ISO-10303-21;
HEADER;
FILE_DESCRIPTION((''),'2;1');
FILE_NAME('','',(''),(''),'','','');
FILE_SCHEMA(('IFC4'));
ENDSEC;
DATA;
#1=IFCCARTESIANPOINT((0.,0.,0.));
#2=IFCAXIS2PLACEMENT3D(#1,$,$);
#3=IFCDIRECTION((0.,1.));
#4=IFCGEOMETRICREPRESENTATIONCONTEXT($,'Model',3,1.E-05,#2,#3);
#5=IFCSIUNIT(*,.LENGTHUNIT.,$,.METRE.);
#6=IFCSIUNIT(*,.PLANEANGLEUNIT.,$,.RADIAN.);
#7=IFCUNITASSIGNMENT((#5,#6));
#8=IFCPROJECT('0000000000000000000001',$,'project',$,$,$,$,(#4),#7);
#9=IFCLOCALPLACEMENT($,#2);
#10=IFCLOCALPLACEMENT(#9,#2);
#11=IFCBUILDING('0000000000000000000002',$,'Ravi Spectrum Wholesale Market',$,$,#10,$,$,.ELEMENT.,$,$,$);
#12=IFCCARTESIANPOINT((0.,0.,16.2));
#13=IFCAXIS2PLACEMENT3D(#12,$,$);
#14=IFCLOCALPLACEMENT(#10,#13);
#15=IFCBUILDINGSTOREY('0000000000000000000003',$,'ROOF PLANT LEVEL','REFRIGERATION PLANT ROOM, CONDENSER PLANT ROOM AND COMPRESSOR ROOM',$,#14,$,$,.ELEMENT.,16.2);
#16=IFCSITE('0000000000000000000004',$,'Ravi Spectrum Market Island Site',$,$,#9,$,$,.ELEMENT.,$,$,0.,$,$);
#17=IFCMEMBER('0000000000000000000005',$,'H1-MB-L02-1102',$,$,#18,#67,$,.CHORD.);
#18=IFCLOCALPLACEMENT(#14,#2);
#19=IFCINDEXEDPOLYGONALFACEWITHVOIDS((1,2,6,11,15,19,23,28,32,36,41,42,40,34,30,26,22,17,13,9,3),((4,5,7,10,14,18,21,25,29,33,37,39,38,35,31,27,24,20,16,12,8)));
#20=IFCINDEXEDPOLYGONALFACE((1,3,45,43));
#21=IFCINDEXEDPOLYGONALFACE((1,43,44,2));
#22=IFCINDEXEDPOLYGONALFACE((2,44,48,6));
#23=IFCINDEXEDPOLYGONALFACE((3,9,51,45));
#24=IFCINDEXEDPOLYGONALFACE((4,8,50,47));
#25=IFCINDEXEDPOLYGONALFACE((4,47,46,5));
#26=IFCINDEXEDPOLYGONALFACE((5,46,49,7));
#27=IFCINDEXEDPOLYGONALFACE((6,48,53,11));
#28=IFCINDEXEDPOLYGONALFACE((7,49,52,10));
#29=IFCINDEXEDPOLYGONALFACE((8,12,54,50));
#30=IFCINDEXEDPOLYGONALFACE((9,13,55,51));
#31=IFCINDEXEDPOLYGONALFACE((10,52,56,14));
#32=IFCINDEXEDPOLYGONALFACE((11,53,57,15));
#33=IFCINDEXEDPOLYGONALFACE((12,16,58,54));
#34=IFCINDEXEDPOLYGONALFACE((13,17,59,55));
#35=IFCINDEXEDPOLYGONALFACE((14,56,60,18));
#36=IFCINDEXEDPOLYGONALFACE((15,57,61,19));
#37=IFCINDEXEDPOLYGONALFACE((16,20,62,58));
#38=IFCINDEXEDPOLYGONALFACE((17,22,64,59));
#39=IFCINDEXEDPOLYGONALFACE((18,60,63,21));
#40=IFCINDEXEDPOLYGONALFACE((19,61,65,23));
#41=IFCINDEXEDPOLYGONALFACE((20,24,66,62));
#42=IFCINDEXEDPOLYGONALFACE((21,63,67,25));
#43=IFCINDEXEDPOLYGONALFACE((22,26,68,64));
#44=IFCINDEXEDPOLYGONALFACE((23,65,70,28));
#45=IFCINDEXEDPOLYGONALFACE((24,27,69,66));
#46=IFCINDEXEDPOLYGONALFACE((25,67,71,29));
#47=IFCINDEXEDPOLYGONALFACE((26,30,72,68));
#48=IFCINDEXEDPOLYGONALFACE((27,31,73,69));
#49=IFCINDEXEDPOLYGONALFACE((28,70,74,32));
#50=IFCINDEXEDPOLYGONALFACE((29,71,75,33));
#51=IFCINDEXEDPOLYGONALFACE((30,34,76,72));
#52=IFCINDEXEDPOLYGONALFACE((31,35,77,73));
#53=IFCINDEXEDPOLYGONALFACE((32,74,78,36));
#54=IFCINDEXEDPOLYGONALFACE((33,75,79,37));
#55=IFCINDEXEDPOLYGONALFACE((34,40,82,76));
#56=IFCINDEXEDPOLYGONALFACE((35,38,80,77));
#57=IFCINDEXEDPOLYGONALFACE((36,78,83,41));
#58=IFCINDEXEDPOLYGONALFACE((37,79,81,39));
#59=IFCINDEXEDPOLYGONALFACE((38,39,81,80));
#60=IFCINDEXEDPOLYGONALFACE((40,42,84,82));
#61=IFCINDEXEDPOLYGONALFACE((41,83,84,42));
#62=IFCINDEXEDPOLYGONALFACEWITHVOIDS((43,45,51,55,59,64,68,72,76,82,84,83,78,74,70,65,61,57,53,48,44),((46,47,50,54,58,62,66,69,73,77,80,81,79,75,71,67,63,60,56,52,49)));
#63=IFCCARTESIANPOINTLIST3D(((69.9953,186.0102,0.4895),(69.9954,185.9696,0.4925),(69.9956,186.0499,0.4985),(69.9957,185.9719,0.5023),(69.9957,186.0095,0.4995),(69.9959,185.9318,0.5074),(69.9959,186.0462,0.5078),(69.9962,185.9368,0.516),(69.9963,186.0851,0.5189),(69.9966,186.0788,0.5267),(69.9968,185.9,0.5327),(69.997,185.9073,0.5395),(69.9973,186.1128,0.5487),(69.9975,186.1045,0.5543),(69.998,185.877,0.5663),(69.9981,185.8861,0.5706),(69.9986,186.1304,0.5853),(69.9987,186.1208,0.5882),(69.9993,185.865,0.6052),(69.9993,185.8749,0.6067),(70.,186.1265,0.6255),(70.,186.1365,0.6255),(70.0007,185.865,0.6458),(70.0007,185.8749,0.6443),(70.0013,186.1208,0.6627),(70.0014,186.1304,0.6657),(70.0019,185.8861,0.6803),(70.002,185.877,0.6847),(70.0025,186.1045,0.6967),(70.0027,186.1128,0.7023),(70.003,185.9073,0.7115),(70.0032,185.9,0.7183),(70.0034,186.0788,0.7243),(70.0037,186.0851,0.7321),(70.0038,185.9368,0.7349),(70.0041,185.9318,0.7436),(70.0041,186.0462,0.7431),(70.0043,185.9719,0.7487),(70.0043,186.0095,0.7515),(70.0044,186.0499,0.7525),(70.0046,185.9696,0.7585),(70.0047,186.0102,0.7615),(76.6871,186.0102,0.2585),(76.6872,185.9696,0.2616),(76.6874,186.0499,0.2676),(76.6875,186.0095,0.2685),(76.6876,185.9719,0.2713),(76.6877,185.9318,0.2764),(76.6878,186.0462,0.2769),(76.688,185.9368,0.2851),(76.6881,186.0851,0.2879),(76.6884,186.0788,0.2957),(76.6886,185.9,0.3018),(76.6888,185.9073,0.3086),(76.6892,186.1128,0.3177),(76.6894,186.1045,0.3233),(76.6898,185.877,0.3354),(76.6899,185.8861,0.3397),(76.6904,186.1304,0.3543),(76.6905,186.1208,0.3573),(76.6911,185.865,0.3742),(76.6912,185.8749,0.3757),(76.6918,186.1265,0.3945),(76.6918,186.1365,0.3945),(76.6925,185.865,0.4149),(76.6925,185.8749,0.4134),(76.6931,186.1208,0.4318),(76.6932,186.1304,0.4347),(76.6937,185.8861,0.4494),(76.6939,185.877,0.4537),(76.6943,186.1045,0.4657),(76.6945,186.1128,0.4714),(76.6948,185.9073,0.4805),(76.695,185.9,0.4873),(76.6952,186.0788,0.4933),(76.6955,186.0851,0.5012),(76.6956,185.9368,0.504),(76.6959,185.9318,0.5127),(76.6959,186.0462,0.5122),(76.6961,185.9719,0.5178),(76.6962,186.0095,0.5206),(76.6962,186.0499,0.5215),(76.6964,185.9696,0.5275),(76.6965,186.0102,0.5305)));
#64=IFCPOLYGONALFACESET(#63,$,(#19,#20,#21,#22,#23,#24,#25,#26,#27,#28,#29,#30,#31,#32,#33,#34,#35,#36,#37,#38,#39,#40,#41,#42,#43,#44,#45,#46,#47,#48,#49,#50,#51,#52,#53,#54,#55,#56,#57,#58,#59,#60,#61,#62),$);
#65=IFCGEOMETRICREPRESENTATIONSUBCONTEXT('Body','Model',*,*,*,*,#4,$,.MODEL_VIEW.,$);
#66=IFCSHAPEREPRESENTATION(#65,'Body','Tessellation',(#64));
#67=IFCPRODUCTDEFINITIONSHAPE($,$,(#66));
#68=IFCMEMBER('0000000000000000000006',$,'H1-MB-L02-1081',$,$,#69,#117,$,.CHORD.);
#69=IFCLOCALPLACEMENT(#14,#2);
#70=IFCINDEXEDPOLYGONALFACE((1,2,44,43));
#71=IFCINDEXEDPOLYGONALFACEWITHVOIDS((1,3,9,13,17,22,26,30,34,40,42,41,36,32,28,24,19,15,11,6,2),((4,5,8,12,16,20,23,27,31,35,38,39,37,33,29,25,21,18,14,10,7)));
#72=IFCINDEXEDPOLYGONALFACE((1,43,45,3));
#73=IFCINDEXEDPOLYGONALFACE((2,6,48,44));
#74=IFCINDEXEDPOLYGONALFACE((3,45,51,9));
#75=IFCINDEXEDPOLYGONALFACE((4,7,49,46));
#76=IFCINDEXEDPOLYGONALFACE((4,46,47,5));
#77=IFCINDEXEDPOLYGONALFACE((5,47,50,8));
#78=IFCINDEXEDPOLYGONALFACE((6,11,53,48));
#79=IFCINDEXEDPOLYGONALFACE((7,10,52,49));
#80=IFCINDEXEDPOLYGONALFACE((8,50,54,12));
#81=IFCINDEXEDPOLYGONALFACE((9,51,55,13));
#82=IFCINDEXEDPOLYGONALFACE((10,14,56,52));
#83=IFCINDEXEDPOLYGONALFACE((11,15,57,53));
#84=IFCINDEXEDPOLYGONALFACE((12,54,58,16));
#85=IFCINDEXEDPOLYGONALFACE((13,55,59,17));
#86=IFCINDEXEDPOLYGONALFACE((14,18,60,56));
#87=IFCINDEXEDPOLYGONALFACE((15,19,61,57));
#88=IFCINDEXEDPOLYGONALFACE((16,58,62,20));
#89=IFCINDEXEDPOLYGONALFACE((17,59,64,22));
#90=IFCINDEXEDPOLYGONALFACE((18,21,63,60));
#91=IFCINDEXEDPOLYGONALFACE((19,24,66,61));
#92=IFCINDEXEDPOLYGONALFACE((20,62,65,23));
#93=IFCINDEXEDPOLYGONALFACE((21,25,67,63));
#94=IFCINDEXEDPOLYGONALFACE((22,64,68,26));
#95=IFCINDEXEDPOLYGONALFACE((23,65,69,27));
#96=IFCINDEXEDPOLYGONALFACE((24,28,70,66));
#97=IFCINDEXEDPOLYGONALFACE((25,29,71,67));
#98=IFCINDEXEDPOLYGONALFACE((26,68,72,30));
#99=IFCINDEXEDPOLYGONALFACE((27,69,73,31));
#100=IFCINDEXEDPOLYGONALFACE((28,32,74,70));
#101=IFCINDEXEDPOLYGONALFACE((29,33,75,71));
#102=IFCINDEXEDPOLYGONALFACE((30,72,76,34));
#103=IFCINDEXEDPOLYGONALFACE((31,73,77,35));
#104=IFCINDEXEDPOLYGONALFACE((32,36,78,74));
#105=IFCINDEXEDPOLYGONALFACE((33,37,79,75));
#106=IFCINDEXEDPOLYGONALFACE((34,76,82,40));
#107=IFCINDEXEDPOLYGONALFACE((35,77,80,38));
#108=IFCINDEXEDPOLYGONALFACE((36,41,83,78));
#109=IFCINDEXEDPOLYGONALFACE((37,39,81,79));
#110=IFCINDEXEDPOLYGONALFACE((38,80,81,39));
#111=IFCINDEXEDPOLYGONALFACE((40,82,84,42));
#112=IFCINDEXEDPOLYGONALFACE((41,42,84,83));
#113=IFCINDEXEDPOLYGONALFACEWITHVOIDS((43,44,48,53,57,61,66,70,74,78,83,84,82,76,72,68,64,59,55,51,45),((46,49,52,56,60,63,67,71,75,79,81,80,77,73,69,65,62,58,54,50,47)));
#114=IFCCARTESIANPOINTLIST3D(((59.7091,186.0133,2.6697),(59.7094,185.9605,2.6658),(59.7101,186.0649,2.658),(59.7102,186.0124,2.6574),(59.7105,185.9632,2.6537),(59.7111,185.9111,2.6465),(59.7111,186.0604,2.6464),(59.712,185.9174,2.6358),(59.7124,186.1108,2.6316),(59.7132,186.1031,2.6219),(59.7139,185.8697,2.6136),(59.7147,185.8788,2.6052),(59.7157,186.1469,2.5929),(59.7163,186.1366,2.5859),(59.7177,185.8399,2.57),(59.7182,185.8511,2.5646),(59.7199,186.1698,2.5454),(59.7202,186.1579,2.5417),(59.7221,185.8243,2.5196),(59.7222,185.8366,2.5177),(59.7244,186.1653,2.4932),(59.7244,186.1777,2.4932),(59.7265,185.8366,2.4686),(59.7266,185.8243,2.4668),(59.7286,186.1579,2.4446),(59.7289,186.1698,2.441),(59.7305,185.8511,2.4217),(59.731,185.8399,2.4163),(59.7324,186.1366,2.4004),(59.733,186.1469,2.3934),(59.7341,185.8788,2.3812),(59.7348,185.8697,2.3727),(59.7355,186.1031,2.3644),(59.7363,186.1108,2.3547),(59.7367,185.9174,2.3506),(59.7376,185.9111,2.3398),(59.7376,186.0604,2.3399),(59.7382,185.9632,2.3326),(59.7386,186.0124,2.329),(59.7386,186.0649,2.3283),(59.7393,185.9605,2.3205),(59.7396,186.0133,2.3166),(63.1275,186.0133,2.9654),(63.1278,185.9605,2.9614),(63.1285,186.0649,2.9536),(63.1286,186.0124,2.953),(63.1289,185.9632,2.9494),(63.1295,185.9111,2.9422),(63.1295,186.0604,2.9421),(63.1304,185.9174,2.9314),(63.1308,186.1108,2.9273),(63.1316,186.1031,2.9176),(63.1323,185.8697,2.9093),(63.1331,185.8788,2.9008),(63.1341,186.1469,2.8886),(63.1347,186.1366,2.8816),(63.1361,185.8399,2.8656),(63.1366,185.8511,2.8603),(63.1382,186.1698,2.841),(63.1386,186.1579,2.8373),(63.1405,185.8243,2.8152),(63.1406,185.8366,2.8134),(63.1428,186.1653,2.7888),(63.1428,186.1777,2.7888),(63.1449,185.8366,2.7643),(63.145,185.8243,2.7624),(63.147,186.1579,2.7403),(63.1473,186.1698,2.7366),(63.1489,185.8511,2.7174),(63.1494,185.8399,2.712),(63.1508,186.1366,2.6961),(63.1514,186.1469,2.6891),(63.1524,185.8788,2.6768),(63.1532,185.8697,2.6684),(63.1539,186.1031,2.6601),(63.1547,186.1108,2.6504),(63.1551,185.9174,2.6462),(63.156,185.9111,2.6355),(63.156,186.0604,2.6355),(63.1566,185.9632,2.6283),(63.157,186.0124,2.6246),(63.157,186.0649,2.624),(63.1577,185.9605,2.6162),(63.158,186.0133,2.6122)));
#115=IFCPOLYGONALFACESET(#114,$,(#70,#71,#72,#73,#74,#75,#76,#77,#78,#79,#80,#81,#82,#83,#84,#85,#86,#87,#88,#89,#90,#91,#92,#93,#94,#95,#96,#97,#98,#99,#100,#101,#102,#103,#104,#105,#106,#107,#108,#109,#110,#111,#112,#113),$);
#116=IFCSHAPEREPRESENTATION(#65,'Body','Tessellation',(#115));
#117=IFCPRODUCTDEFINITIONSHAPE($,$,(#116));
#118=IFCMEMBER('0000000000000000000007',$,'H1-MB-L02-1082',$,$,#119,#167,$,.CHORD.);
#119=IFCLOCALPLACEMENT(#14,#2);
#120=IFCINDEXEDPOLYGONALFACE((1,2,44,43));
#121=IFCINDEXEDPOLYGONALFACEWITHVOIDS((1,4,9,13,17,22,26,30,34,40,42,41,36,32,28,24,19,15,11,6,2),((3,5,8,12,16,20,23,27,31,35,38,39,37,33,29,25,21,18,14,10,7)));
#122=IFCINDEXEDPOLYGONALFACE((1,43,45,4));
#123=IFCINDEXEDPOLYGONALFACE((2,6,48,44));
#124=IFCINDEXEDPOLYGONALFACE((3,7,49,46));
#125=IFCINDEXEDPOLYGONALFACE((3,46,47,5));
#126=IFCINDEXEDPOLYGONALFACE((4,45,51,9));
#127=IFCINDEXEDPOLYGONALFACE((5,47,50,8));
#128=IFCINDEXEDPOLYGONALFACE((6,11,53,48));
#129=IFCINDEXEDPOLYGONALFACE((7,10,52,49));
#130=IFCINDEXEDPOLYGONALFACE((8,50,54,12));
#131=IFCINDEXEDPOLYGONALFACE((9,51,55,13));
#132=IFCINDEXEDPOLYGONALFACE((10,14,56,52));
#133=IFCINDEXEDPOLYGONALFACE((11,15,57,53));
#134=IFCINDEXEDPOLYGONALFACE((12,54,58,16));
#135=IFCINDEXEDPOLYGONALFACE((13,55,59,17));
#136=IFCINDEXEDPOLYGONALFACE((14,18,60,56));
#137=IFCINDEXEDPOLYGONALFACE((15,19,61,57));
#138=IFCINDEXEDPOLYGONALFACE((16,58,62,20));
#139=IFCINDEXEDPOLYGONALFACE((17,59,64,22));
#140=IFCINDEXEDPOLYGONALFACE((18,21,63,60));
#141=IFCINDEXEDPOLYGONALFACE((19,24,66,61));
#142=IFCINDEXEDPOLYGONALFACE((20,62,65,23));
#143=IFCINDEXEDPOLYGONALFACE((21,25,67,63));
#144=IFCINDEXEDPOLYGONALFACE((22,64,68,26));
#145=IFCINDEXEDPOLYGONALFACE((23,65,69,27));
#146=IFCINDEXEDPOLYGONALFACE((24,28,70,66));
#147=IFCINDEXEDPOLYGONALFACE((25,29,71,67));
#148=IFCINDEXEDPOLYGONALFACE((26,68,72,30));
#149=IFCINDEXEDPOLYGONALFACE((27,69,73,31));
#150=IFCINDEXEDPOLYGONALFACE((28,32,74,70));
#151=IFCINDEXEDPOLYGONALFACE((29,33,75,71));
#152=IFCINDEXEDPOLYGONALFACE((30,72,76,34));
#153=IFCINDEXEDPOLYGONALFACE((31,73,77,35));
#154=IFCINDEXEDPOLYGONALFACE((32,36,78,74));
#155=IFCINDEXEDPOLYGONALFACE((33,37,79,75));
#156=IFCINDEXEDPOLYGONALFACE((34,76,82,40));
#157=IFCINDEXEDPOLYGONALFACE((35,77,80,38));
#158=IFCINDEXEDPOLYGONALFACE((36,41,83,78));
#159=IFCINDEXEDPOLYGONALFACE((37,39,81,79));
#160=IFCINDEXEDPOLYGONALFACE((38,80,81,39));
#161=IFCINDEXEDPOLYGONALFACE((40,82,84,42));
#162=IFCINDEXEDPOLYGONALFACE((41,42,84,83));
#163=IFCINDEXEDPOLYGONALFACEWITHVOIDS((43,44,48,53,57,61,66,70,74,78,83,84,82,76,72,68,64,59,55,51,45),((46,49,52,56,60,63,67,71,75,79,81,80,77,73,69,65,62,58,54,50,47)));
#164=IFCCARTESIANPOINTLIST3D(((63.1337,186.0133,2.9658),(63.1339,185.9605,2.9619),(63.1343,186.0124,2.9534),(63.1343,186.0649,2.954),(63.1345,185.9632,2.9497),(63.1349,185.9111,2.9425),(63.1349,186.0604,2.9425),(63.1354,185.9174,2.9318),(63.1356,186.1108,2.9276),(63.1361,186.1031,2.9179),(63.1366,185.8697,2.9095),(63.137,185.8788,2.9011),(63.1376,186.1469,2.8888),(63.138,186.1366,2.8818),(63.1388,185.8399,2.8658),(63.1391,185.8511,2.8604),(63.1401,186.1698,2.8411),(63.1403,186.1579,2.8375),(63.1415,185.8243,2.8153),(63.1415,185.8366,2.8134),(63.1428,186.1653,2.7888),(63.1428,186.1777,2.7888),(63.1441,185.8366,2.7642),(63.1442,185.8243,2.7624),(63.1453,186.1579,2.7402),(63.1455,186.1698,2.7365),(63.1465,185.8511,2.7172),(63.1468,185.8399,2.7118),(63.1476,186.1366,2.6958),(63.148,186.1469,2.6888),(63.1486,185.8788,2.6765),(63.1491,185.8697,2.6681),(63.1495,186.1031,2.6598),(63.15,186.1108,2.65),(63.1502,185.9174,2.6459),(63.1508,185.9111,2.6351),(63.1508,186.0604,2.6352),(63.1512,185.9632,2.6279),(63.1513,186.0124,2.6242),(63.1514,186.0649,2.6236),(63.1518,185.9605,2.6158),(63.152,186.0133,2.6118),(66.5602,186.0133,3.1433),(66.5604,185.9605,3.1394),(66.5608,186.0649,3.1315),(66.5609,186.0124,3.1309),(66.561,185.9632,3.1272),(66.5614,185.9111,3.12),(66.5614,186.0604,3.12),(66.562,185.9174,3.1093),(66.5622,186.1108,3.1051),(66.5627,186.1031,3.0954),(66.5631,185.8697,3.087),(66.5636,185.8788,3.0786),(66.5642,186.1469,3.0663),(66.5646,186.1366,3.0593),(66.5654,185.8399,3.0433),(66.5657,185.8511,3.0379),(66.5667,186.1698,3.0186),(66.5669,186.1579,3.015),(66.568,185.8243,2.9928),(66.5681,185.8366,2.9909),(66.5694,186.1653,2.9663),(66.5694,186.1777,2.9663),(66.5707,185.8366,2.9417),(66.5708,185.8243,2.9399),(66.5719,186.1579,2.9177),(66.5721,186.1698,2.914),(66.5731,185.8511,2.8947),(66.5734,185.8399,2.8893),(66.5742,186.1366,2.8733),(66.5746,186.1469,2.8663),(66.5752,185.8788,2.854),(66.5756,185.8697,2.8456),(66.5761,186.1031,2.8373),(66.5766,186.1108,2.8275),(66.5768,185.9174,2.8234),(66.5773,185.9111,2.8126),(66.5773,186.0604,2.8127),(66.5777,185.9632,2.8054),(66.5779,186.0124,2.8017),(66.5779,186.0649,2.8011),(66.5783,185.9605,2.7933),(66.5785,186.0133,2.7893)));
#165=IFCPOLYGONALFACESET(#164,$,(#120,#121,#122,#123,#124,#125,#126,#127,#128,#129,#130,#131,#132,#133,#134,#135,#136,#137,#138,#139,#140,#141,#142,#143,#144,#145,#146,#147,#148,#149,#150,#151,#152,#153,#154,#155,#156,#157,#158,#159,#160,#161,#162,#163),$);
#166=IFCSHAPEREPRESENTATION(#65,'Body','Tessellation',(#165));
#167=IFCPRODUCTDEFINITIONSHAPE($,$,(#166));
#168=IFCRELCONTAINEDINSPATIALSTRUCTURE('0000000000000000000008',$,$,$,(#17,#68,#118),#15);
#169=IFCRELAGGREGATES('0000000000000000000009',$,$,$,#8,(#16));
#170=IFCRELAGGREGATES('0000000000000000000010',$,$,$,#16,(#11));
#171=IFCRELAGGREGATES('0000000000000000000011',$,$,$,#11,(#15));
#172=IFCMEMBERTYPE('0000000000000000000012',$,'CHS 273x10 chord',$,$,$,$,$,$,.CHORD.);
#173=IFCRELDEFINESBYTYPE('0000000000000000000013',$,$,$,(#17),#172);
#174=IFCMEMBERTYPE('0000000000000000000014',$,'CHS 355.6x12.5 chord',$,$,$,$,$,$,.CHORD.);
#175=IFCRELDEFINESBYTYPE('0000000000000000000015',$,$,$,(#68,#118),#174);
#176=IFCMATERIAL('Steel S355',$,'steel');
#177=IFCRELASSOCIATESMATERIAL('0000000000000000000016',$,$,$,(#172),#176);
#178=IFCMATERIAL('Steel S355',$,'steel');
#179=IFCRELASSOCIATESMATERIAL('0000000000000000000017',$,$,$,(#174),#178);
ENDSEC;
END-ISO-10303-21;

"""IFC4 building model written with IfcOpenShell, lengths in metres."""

from ifc_helpers import new_model, si_unit, direction, frame, origin, origin_2d, place, context, subcontext, project, spatial, hollow_circle, extrude, material, material_profile, profile_set, type_object, element, save


model = new_model("IFC4")

# Units and contexts
model_context = context("Model", 3, precision=1e-05, world=origin(), true_north=direction((0.0, 1.0)))
body_context = subcontext(model_context, "Body", "Model", "MODEL_VIEW")
ifc_project = project(units=[si_unit("LENGTHUNIT", "METRE"), si_unit("PLANEANGLEUNIT", "RADIAN")], contexts=[model_context])

# Site, building, storey
site_placement = place(None, origin())
site = spatial("IfcSite", under=ifc_project, at=site_placement, Name="Ravi Spectrum Market Island Site", CompositionType="ELEMENT", RefElevation=0.0)
building_placement = place(site_placement, origin())
building = spatial("IfcBuilding", under=site, at=building_placement, Name="Ravi Spectrum Wholesale Market", CompositionType="ELEMENT")
storey_placement = place(building_placement, frame((0.0, 0.0, 16.2)))
storey = spatial("IfcBuildingStorey", under=building, at=storey_placement, Name="ROOF PLANT LEVEL", Description="REFRIGERATION PLANT ROOM, CONDENSER PLANT ROOM AND COMPRESSOR ROOM", CompositionType="ELEMENT", Elevation=16.2)

# Members
ifc_material_1 = material(Name="Steel S355", Category="steel")
ifc_material_profile_1 = material_profile(ifc_material_1, hollow_circle(Radius=0.1365, WallThickness=0.01, at=origin_2d()))
ifc_profile_set_1 = profile_set([ifc_material_profile_1], Name="Steel S355")
member_type_1 = type_object("IfcMemberType", Name="CHS 273x10 chord", PredefinedType="CHORD", material=ifc_profile_set_1)
for number, where, z_axis, x_axis, name in (
    (1, (70.0, 186.0, 0.6255), (0.999405, 0.0, -0.034492), (0.0, 1.0, 0.0), "H1-MB-L02-1102"),
):
    element("IfcMember", number, at=place(storey_placement, frame(where, z_axis=z_axis, x_axis=x_axis)), inside=storey, type_object=member_type_1, Name=name, PredefinedType="CHORD", context=body_context, shape_type="SweptSolid", body=[
        extrude(hollow_circle(Radius=0.1365, WallThickness=0.01, at=origin_2d()), origin(), (0.0, 0.0, 1.0), 6.6958),
    ])
ifc_material_2 = material(Name="Steel S355", Category="steel")
ifc_material_profile_2 = material_profile(ifc_material_2, hollow_circle(Radius=0.1777, WallThickness=0.0125, at=origin_2d()))
ifc_profile_set_2 = profile_set([ifc_material_profile_2], Name="Steel S355")
member_type_2 = type_object("IfcMemberType", Name="CHS 355.6x12.5 chord", PredefinedType="CHORD", material=ifc_profile_set_2)
for number, where, z_axis, x_axis, name in (
    (2, (59.7244, 186.0, 2.4932), (0.996281, 0.0, 0.086166), (0.0, 1.0, 0.0), "H1-MB-L02-1081"),
    (3, (63.1428, 186.0, 2.7888), (0.998661, 0.0, 0.05173), (0.0, 1.0, 0.0), "H1-MB-L02-1082"),
):
    element("IfcMember", number, at=place(storey_placement, frame(where, z_axis=z_axis, x_axis=x_axis)), inside=storey, type_object=member_type_2, Name=name, PredefinedType="CHORD", context=body_context, shape_type="SweptSolid", body=[
        extrude(hollow_circle(Radius=0.1777, WallThickness=0.0125, at=origin_2d()), origin(), (0.0, 0.0, 1.0), 3.4312),
    ])

save(model, "model.ifc")
